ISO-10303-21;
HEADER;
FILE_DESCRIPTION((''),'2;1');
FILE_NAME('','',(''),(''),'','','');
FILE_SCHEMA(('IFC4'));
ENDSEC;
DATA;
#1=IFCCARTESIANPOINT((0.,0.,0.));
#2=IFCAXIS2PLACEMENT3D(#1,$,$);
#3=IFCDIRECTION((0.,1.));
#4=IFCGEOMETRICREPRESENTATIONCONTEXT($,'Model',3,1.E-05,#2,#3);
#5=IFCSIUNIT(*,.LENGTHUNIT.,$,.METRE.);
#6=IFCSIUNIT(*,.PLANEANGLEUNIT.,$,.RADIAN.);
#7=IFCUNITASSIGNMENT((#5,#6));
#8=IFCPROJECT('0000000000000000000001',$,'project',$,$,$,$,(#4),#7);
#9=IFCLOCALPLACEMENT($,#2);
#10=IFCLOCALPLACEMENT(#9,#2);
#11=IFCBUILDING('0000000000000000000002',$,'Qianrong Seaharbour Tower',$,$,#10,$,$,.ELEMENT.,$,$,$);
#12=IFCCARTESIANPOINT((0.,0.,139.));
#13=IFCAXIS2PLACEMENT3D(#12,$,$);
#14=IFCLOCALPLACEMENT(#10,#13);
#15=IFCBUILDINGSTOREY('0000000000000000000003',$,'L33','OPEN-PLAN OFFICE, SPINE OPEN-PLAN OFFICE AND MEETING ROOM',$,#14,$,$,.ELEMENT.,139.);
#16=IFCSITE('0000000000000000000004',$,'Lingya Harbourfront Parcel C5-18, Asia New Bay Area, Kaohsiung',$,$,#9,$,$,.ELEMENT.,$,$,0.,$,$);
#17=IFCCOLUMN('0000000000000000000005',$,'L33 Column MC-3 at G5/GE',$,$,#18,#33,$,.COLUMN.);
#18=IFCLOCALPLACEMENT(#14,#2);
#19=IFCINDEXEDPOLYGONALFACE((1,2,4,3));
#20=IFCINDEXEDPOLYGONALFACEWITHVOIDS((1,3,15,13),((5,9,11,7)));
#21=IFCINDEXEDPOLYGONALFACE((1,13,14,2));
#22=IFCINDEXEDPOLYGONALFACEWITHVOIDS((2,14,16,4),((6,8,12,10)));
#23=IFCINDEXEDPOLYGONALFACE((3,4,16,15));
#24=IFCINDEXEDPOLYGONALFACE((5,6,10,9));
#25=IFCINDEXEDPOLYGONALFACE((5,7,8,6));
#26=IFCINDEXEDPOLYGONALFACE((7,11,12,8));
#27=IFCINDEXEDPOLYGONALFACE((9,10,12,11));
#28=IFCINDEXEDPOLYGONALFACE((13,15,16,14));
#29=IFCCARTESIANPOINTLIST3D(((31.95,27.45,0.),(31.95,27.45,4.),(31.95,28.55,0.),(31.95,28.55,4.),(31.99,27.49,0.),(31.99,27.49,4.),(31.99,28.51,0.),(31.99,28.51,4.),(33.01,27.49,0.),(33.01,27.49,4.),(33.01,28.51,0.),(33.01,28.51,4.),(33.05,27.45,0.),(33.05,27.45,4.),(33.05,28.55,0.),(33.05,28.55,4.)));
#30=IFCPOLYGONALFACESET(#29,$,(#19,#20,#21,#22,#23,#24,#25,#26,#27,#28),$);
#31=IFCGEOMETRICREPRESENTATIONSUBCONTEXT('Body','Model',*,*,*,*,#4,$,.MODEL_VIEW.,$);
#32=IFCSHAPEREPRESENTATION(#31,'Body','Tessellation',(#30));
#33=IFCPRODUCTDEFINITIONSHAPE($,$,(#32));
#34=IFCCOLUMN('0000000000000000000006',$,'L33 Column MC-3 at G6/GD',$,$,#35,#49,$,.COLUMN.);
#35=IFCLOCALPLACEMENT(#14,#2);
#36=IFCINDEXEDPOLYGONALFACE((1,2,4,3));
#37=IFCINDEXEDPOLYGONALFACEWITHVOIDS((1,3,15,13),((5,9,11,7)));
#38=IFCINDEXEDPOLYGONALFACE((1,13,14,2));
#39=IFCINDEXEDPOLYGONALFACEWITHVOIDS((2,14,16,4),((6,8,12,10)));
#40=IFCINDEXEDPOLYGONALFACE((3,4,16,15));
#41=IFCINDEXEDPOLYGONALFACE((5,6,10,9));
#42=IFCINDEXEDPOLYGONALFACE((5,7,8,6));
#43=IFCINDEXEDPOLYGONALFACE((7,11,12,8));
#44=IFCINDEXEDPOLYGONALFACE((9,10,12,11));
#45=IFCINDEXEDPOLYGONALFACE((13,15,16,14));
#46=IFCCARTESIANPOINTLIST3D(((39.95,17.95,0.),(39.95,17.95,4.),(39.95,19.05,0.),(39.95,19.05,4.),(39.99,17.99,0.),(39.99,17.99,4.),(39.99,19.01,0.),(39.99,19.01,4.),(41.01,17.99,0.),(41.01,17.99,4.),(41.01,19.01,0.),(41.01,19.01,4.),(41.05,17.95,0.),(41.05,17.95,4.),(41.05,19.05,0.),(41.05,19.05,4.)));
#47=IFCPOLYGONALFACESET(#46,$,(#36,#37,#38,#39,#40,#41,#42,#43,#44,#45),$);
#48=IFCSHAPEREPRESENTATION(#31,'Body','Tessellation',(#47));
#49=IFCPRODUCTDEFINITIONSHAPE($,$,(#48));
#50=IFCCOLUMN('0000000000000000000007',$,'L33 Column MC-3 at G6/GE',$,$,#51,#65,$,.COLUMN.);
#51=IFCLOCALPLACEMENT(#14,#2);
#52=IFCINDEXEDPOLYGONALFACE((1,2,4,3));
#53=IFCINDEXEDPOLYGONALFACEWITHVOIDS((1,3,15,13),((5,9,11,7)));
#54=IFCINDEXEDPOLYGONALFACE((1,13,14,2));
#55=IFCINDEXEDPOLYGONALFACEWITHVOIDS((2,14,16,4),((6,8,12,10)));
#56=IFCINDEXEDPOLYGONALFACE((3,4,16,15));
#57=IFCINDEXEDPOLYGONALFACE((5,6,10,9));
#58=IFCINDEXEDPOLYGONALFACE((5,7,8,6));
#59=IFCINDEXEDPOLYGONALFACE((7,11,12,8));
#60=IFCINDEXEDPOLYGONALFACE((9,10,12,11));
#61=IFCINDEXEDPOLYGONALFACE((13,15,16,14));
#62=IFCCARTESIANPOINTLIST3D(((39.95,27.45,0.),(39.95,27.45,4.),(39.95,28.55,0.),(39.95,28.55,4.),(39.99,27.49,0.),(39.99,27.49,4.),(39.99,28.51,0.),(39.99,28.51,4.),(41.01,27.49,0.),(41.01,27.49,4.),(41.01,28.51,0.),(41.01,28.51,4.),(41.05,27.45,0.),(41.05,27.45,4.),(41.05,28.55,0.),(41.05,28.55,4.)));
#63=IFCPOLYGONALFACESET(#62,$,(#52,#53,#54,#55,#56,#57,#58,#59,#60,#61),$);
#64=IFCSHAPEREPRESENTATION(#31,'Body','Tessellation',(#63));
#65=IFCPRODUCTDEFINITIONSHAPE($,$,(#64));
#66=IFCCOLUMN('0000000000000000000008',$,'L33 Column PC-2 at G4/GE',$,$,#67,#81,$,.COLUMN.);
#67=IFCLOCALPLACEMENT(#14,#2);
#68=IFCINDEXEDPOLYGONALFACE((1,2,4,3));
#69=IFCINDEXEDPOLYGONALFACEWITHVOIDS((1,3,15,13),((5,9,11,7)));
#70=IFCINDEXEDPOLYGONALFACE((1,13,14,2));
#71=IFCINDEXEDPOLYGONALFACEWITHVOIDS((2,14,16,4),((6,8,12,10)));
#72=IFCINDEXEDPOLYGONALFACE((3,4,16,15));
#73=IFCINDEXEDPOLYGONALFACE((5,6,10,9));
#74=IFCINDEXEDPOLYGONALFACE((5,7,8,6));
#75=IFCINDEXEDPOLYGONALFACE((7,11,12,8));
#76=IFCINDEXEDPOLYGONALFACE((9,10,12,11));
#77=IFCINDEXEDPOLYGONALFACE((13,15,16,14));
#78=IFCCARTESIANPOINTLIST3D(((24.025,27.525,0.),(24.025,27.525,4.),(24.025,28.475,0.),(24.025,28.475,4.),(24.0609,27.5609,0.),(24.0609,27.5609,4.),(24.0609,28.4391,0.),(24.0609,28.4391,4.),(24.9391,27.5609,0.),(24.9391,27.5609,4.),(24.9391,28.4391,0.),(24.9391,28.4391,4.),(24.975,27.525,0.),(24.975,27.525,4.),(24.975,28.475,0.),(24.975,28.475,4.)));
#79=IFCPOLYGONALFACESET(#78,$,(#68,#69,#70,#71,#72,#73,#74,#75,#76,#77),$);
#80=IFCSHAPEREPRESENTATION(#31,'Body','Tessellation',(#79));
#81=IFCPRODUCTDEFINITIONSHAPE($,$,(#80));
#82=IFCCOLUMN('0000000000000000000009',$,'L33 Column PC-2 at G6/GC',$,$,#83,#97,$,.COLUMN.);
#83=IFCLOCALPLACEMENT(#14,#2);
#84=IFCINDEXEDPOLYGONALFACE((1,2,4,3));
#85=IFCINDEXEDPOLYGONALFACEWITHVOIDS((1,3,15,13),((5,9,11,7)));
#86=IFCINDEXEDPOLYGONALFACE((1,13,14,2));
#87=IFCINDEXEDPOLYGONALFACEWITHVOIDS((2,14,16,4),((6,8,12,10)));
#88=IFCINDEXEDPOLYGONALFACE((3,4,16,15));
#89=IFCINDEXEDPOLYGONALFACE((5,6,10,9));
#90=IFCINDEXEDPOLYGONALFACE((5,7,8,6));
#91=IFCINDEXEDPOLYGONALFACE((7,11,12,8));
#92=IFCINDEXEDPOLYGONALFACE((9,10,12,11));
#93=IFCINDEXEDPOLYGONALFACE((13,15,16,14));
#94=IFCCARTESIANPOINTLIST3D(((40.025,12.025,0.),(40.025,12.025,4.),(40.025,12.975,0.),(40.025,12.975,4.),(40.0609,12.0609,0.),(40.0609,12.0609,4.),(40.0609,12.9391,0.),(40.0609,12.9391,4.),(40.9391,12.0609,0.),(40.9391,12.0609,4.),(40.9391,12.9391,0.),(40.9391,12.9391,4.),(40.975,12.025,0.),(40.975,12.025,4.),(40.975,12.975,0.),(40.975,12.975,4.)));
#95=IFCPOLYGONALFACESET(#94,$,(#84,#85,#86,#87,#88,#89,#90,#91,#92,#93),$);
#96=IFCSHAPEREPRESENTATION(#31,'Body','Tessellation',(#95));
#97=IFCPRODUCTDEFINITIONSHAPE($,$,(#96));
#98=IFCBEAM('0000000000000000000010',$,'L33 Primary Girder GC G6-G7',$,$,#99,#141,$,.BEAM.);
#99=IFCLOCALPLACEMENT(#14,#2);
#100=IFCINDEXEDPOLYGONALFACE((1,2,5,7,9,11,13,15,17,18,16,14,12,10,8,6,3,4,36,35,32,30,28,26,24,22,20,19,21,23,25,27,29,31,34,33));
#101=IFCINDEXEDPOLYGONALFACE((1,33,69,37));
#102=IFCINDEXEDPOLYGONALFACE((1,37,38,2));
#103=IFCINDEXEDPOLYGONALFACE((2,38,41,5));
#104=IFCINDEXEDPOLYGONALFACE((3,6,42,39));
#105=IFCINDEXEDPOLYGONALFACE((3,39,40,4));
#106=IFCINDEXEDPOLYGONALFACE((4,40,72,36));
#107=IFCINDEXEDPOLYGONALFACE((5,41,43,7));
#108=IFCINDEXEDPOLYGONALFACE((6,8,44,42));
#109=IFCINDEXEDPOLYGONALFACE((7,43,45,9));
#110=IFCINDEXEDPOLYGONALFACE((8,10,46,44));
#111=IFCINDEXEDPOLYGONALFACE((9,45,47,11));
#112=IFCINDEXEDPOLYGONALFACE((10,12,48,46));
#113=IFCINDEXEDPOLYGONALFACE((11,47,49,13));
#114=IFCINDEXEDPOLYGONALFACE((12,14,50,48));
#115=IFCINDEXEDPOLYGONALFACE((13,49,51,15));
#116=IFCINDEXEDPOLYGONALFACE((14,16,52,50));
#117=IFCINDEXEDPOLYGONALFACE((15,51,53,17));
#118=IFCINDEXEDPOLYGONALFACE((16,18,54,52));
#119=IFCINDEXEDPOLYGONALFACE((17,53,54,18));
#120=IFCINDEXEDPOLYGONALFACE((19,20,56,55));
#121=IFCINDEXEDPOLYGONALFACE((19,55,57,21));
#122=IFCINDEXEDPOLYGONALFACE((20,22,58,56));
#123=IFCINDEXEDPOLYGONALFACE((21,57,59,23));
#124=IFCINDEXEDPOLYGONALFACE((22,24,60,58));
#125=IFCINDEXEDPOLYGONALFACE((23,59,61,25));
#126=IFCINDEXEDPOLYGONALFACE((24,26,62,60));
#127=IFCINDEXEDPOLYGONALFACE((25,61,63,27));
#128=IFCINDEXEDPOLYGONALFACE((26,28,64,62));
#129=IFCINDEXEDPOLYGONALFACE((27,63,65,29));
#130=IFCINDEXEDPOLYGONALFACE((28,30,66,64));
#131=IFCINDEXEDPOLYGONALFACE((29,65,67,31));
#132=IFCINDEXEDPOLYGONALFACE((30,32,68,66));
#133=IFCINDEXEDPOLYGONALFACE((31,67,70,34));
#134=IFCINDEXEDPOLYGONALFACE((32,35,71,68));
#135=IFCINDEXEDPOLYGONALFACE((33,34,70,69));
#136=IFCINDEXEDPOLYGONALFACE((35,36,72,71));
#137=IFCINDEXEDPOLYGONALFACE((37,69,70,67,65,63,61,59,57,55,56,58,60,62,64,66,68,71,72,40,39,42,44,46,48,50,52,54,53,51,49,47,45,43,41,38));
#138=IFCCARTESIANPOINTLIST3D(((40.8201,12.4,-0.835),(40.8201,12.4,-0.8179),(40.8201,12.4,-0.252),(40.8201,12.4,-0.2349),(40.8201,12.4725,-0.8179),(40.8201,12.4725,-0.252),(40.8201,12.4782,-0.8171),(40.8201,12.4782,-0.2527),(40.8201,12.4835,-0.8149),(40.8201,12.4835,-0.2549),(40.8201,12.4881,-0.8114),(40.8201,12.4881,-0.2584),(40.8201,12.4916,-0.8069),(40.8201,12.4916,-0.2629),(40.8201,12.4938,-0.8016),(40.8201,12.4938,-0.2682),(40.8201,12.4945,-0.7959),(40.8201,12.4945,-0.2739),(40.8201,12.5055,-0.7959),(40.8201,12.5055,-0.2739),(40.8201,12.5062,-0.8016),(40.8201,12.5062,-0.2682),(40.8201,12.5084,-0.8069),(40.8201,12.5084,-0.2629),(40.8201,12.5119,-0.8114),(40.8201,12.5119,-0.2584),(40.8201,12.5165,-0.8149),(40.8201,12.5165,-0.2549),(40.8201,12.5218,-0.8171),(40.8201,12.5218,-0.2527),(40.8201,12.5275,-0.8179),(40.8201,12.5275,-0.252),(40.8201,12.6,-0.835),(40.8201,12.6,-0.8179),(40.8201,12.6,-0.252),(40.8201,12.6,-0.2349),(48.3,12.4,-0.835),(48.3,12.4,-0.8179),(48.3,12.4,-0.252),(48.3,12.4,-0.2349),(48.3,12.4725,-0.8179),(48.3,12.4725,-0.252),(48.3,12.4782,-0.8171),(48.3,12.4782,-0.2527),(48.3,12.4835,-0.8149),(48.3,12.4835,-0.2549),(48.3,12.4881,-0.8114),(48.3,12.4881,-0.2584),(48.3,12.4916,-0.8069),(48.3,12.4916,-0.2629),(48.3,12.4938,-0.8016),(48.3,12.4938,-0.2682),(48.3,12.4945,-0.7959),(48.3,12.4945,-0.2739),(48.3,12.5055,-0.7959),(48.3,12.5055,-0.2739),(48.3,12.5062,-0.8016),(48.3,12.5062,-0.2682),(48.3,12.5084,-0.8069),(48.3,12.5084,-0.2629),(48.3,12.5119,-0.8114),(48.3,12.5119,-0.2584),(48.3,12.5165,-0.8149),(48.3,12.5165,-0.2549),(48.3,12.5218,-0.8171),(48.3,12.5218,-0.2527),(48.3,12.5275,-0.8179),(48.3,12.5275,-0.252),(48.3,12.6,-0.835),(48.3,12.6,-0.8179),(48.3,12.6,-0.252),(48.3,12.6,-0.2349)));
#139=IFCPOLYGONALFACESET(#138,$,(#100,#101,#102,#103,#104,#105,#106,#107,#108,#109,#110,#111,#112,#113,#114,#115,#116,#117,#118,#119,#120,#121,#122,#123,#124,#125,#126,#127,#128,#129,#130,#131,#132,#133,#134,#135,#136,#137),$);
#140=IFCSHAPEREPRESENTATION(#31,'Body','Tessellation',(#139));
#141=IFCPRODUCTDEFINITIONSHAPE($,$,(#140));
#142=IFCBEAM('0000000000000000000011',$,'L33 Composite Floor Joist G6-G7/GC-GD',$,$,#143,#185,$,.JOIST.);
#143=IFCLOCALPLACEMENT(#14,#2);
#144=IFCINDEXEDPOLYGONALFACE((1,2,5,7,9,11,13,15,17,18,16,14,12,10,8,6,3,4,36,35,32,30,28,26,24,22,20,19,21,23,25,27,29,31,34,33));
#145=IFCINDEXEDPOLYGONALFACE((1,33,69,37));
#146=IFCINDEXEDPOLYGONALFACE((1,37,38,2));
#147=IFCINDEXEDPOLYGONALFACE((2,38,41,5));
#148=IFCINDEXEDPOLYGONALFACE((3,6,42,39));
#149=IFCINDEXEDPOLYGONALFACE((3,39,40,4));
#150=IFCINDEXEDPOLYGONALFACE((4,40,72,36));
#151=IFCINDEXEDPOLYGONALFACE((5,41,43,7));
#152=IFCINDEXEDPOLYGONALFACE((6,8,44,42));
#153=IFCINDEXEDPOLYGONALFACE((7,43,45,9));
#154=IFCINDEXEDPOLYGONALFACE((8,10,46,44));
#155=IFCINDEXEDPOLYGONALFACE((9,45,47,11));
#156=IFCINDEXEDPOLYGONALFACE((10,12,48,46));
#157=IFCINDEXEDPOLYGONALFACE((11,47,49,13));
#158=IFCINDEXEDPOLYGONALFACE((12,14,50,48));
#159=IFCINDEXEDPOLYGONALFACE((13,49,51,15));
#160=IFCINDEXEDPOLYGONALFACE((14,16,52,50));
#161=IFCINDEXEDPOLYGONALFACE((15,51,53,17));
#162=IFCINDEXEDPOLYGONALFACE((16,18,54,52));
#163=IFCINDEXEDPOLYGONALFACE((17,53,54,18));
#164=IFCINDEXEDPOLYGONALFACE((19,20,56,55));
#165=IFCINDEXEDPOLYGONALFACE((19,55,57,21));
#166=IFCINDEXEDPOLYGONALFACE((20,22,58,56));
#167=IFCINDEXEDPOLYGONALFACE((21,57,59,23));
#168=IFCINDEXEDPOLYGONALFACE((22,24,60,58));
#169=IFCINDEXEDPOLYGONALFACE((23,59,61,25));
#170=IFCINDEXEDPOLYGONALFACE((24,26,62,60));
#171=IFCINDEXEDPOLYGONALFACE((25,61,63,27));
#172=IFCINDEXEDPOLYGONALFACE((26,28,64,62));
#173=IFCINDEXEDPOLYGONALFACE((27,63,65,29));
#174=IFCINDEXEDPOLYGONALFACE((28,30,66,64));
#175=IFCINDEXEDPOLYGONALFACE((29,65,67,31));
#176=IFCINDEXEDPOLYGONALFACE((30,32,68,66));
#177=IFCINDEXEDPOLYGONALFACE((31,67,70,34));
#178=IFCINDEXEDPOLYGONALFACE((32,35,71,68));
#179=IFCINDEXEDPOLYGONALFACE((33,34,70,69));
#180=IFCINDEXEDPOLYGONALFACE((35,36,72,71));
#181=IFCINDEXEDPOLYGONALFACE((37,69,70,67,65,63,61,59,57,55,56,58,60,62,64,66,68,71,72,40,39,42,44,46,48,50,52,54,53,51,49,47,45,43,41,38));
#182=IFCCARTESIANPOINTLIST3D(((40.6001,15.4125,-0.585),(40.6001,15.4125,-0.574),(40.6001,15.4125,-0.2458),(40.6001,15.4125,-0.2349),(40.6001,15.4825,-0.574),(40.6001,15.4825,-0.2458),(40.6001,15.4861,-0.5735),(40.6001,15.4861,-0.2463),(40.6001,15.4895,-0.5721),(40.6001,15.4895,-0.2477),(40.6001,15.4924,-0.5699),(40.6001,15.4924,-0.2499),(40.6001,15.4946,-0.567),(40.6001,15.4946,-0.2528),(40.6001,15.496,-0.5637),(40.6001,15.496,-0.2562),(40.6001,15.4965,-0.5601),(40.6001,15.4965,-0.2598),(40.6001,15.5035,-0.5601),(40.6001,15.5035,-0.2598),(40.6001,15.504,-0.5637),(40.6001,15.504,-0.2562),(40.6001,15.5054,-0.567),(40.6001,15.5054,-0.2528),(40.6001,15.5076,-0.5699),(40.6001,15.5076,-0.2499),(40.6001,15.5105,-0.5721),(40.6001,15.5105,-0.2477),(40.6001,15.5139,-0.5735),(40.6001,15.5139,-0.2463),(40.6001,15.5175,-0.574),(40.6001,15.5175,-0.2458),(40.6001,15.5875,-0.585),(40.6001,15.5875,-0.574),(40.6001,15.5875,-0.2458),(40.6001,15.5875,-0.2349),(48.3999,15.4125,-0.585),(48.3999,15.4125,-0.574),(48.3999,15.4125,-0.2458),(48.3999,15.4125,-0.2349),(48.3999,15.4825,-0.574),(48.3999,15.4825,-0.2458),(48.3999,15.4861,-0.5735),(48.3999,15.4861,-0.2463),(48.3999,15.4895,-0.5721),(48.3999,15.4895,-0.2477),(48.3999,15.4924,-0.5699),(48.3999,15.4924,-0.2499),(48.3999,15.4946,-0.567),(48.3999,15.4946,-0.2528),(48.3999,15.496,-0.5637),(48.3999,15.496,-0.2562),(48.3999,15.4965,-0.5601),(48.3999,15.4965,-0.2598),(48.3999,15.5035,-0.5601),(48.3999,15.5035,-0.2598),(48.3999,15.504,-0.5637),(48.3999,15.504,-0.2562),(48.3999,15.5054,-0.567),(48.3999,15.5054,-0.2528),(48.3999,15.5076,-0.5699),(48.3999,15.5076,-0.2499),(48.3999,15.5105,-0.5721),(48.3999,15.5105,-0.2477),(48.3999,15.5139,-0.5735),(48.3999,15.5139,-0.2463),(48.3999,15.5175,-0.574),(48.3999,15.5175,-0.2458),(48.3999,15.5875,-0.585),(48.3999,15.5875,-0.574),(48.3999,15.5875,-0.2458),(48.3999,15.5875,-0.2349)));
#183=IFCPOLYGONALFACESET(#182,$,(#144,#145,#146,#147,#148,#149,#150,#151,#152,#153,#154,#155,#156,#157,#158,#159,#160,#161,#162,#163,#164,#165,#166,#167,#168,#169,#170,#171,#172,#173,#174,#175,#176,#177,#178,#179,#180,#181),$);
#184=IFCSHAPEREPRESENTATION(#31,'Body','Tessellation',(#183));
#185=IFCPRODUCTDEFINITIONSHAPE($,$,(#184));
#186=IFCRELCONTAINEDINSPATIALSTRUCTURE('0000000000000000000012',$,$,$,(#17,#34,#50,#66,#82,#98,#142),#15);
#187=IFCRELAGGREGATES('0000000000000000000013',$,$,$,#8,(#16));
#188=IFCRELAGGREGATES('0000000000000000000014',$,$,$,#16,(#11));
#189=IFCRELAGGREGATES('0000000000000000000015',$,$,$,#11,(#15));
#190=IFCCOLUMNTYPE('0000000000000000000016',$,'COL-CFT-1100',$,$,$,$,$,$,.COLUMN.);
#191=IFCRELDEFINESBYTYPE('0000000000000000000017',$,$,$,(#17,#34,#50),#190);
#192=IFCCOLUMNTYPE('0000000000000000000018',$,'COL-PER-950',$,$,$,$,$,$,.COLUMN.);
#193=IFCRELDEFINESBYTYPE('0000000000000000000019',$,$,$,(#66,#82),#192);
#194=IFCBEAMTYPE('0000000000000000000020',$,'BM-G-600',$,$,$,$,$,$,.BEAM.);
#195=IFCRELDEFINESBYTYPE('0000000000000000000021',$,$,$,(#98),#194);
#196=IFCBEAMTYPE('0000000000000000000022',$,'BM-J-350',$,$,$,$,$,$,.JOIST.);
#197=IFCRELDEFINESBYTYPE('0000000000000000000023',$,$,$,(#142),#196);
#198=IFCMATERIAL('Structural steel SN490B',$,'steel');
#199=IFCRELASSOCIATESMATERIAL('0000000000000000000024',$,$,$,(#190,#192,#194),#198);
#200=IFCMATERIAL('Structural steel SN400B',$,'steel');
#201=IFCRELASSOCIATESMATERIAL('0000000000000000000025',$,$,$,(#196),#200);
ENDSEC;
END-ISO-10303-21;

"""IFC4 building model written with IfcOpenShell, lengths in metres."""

from ifc_helpers import new_model, si_unit, direction, frame, origin, origin_2d, place, context, subcontext, project, spatial, hollow_rectangle, i_section, extrude, material, material_profile, profile_set, type_object, element, save


model = new_model("IFC4")

# Units and contexts
model_context = context("Model", 3, precision=1e-05, world=origin(), true_north=direction((0.0, 1.0)))
body_context = subcontext(model_context, "Body", "Model", "MODEL_VIEW")
ifc_project = project(units=[si_unit("LENGTHUNIT", "METRE"), si_unit("PLANEANGLEUNIT", "RADIAN")], contexts=[model_context])

# Site, building, storey
site_placement = place(None, origin())
site = spatial("IfcSite", under=ifc_project, at=site_placement, Name="Lingya Harbourfront Parcel C5-18, Asia New Bay Area, Kaohsiung", CompositionType="ELEMENT", RefElevation=0.0)
building_placement = place(site_placement, origin())
building = spatial("IfcBuilding", under=site, at=building_placement, Name="Qianrong Seaharbour Tower", CompositionType="ELEMENT")
storey_placement = place(building_placement, frame((0.0, 0.0, 139.0)))
storey = spatial("IfcBuildingStorey", under=building, at=storey_placement, Name="L33", Description="OPEN-PLAN OFFICE, SPINE OPEN-PLAN OFFICE AND MEETING ROOM", CompositionType="ELEMENT", Elevation=139.0)

# Columns
ifc_material_1 = material(Name="Structural steel SN490B", Category="steel")
ifc_material_profile_1 = material_profile(ifc_material_1, hollow_rectangle(XDim=1.1001, YDim=1.1001, WallThickness=0.04, at=origin_2d()), Name="BOX1100x1100x40")
ifc_profile_set_1 = profile_set([ifc_material_profile_1], Name="Structural steel SN490B")
column_type_1 = type_object("IfcColumnType", Name="COL-CFT-1100", PredefinedType="COLUMN", material=ifc_profile_set_1)
for number, where, z_axis, x_axis, name in (
    (1, (32.5, 28.0, 0.0), (0.0, 0.0, 1.0), (1.0, 0.0, 0.0), "L33 Column MC-3 at G5/GE"),
    (2, (40.5, 18.5, 0.0), (0.0, 0.0, 1.0), (1.0, 0.0, 0.0), "L33 Column MC-3 at G6/GD"),
    (3, (40.5, 28.0, 0.0), (0.0, 0.0, 1.0), (1.0, 0.0, 0.0), "L33 Column MC-3 at G6/GE"),
):
    element("IfcColumn", number, at=place(storey_placement, frame(where, z_axis=z_axis, x_axis=x_axis)), inside=storey, type_object=column_type_1, Name=name, PredefinedType="COLUMN", context=body_context, shape_type="SweptSolid", body=[
        extrude(hollow_rectangle(XDim=1.1001, YDim=1.1001, WallThickness=0.04, at=origin_2d()), origin(), (0.0, 0.0, 1.0), 4.0),
    ])
ifc_material_profile_2 = material_profile(ifc_material_1, hollow_rectangle(XDim=0.95, YDim=0.95, WallThickness=0.0359, at=origin_2d()), Name="BOX950x950x36")
ifc_profile_set_2 = profile_set([ifc_material_profile_2], Name="Structural steel SN490B")
column_type_2 = type_object("IfcColumnType", Name="COL-PER-950", PredefinedType="COLUMN", material=ifc_profile_set_2)
for number, where, z_axis, x_axis, name in (
    (4, (24.5, 28.0, 0.0), (0.0, 0.0, 1.0), (1.0, 0.0, 0.0), "L33 Column PC-2 at G4/GE"),
    (5, (40.5, 12.5, 0.0), (0.0, 0.0, 1.0), (1.0, 0.0, 0.0), "L33 Column PC-2 at G6/GC"),
):
    element("IfcColumn", number, at=place(storey_placement, frame(where, z_axis=z_axis, x_axis=x_axis)), inside=storey, type_object=column_type_2, Name=name, PredefinedType="COLUMN", context=body_context, shape_type="SweptSolid", body=[
        extrude(hollow_rectangle(XDim=0.95, YDim=0.95, WallThickness=0.0359, at=origin_2d()), origin(), (0.0, 0.0, 1.0), 4.0),
    ])

# Beams
ifc_material_profile_3 = material_profile(ifc_material_1, i_section(OverallWidth=0.2, OverallDepth=0.6001, WebThickness=0.011, FlangeThickness=0.0171, FilletRadius=0.022, at=origin_2d()), Name="H600x200x11x17")
ifc_profile_set_3 = profile_set([ifc_material_profile_3], Name="Structural steel SN490B")
beam_type_1 = type_object("IfcBeamType", Name="BM-G-600", PredefinedType="BEAM", material=ifc_profile_set_3)
beam_1_placement = place(storey_placement, frame((40.8201, 12.5, -0.5349), z_axis=(1.0, 0.0, 0.0), x_axis=(0.0, 1.0, 0.0)))
element("IfcBeam", 6, at=beam_1_placement, inside=storey, type_object=beam_type_1, Name="L33 Primary Girder GC G6-G7", PredefinedType="BEAM", context=body_context, shape_type="SweptSolid", body=[
    extrude(i_section(OverallWidth=0.2, OverallDepth=0.6001, WebThickness=0.011, FlangeThickness=0.0171, FilletRadius=0.022, at=origin_2d()), origin(), (0.0, 0.0, 1.0), 7.48),
])
ifc_material_2 = material(Name="Structural steel SN400B", Category="steel")
ifc_material_profile_4 = material_profile(ifc_material_2, i_section(OverallWidth=0.175, OverallDepth=0.3501, WebThickness=0.0071, FlangeThickness=0.011, FilletRadius=0.0139, at=origin_2d()), Name="H350x175x7x11")
ifc_profile_set_4 = profile_set([ifc_material_profile_4], Name="Structural steel SN400B")
beam_type_2 = type_object("IfcBeamType", Name="BM-J-350", PredefinedType="JOIST", material=ifc_profile_set_4)
beam_2_placement = place(storey_placement, frame((40.6001, 15.5, -0.4099), z_axis=(1.0, 0.0, 0.0), x_axis=(0.0, 1.0, 0.0)))
element("IfcBeam", 7, at=beam_2_placement, inside=storey, type_object=beam_type_2, Name="L33 Composite Floor Joist G6-G7/GC-GD", PredefinedType="JOIST", context=body_context, shape_type="SweptSolid", body=[
    extrude(i_section(OverallWidth=0.175, OverallDepth=0.3501, WebThickness=0.0071, FlangeThickness=0.011, FilletRadius=0.0139, at=origin_2d()), origin(), (0.0, 0.0, 1.0), 7.7998),
])

save(model, "model.ifc")
